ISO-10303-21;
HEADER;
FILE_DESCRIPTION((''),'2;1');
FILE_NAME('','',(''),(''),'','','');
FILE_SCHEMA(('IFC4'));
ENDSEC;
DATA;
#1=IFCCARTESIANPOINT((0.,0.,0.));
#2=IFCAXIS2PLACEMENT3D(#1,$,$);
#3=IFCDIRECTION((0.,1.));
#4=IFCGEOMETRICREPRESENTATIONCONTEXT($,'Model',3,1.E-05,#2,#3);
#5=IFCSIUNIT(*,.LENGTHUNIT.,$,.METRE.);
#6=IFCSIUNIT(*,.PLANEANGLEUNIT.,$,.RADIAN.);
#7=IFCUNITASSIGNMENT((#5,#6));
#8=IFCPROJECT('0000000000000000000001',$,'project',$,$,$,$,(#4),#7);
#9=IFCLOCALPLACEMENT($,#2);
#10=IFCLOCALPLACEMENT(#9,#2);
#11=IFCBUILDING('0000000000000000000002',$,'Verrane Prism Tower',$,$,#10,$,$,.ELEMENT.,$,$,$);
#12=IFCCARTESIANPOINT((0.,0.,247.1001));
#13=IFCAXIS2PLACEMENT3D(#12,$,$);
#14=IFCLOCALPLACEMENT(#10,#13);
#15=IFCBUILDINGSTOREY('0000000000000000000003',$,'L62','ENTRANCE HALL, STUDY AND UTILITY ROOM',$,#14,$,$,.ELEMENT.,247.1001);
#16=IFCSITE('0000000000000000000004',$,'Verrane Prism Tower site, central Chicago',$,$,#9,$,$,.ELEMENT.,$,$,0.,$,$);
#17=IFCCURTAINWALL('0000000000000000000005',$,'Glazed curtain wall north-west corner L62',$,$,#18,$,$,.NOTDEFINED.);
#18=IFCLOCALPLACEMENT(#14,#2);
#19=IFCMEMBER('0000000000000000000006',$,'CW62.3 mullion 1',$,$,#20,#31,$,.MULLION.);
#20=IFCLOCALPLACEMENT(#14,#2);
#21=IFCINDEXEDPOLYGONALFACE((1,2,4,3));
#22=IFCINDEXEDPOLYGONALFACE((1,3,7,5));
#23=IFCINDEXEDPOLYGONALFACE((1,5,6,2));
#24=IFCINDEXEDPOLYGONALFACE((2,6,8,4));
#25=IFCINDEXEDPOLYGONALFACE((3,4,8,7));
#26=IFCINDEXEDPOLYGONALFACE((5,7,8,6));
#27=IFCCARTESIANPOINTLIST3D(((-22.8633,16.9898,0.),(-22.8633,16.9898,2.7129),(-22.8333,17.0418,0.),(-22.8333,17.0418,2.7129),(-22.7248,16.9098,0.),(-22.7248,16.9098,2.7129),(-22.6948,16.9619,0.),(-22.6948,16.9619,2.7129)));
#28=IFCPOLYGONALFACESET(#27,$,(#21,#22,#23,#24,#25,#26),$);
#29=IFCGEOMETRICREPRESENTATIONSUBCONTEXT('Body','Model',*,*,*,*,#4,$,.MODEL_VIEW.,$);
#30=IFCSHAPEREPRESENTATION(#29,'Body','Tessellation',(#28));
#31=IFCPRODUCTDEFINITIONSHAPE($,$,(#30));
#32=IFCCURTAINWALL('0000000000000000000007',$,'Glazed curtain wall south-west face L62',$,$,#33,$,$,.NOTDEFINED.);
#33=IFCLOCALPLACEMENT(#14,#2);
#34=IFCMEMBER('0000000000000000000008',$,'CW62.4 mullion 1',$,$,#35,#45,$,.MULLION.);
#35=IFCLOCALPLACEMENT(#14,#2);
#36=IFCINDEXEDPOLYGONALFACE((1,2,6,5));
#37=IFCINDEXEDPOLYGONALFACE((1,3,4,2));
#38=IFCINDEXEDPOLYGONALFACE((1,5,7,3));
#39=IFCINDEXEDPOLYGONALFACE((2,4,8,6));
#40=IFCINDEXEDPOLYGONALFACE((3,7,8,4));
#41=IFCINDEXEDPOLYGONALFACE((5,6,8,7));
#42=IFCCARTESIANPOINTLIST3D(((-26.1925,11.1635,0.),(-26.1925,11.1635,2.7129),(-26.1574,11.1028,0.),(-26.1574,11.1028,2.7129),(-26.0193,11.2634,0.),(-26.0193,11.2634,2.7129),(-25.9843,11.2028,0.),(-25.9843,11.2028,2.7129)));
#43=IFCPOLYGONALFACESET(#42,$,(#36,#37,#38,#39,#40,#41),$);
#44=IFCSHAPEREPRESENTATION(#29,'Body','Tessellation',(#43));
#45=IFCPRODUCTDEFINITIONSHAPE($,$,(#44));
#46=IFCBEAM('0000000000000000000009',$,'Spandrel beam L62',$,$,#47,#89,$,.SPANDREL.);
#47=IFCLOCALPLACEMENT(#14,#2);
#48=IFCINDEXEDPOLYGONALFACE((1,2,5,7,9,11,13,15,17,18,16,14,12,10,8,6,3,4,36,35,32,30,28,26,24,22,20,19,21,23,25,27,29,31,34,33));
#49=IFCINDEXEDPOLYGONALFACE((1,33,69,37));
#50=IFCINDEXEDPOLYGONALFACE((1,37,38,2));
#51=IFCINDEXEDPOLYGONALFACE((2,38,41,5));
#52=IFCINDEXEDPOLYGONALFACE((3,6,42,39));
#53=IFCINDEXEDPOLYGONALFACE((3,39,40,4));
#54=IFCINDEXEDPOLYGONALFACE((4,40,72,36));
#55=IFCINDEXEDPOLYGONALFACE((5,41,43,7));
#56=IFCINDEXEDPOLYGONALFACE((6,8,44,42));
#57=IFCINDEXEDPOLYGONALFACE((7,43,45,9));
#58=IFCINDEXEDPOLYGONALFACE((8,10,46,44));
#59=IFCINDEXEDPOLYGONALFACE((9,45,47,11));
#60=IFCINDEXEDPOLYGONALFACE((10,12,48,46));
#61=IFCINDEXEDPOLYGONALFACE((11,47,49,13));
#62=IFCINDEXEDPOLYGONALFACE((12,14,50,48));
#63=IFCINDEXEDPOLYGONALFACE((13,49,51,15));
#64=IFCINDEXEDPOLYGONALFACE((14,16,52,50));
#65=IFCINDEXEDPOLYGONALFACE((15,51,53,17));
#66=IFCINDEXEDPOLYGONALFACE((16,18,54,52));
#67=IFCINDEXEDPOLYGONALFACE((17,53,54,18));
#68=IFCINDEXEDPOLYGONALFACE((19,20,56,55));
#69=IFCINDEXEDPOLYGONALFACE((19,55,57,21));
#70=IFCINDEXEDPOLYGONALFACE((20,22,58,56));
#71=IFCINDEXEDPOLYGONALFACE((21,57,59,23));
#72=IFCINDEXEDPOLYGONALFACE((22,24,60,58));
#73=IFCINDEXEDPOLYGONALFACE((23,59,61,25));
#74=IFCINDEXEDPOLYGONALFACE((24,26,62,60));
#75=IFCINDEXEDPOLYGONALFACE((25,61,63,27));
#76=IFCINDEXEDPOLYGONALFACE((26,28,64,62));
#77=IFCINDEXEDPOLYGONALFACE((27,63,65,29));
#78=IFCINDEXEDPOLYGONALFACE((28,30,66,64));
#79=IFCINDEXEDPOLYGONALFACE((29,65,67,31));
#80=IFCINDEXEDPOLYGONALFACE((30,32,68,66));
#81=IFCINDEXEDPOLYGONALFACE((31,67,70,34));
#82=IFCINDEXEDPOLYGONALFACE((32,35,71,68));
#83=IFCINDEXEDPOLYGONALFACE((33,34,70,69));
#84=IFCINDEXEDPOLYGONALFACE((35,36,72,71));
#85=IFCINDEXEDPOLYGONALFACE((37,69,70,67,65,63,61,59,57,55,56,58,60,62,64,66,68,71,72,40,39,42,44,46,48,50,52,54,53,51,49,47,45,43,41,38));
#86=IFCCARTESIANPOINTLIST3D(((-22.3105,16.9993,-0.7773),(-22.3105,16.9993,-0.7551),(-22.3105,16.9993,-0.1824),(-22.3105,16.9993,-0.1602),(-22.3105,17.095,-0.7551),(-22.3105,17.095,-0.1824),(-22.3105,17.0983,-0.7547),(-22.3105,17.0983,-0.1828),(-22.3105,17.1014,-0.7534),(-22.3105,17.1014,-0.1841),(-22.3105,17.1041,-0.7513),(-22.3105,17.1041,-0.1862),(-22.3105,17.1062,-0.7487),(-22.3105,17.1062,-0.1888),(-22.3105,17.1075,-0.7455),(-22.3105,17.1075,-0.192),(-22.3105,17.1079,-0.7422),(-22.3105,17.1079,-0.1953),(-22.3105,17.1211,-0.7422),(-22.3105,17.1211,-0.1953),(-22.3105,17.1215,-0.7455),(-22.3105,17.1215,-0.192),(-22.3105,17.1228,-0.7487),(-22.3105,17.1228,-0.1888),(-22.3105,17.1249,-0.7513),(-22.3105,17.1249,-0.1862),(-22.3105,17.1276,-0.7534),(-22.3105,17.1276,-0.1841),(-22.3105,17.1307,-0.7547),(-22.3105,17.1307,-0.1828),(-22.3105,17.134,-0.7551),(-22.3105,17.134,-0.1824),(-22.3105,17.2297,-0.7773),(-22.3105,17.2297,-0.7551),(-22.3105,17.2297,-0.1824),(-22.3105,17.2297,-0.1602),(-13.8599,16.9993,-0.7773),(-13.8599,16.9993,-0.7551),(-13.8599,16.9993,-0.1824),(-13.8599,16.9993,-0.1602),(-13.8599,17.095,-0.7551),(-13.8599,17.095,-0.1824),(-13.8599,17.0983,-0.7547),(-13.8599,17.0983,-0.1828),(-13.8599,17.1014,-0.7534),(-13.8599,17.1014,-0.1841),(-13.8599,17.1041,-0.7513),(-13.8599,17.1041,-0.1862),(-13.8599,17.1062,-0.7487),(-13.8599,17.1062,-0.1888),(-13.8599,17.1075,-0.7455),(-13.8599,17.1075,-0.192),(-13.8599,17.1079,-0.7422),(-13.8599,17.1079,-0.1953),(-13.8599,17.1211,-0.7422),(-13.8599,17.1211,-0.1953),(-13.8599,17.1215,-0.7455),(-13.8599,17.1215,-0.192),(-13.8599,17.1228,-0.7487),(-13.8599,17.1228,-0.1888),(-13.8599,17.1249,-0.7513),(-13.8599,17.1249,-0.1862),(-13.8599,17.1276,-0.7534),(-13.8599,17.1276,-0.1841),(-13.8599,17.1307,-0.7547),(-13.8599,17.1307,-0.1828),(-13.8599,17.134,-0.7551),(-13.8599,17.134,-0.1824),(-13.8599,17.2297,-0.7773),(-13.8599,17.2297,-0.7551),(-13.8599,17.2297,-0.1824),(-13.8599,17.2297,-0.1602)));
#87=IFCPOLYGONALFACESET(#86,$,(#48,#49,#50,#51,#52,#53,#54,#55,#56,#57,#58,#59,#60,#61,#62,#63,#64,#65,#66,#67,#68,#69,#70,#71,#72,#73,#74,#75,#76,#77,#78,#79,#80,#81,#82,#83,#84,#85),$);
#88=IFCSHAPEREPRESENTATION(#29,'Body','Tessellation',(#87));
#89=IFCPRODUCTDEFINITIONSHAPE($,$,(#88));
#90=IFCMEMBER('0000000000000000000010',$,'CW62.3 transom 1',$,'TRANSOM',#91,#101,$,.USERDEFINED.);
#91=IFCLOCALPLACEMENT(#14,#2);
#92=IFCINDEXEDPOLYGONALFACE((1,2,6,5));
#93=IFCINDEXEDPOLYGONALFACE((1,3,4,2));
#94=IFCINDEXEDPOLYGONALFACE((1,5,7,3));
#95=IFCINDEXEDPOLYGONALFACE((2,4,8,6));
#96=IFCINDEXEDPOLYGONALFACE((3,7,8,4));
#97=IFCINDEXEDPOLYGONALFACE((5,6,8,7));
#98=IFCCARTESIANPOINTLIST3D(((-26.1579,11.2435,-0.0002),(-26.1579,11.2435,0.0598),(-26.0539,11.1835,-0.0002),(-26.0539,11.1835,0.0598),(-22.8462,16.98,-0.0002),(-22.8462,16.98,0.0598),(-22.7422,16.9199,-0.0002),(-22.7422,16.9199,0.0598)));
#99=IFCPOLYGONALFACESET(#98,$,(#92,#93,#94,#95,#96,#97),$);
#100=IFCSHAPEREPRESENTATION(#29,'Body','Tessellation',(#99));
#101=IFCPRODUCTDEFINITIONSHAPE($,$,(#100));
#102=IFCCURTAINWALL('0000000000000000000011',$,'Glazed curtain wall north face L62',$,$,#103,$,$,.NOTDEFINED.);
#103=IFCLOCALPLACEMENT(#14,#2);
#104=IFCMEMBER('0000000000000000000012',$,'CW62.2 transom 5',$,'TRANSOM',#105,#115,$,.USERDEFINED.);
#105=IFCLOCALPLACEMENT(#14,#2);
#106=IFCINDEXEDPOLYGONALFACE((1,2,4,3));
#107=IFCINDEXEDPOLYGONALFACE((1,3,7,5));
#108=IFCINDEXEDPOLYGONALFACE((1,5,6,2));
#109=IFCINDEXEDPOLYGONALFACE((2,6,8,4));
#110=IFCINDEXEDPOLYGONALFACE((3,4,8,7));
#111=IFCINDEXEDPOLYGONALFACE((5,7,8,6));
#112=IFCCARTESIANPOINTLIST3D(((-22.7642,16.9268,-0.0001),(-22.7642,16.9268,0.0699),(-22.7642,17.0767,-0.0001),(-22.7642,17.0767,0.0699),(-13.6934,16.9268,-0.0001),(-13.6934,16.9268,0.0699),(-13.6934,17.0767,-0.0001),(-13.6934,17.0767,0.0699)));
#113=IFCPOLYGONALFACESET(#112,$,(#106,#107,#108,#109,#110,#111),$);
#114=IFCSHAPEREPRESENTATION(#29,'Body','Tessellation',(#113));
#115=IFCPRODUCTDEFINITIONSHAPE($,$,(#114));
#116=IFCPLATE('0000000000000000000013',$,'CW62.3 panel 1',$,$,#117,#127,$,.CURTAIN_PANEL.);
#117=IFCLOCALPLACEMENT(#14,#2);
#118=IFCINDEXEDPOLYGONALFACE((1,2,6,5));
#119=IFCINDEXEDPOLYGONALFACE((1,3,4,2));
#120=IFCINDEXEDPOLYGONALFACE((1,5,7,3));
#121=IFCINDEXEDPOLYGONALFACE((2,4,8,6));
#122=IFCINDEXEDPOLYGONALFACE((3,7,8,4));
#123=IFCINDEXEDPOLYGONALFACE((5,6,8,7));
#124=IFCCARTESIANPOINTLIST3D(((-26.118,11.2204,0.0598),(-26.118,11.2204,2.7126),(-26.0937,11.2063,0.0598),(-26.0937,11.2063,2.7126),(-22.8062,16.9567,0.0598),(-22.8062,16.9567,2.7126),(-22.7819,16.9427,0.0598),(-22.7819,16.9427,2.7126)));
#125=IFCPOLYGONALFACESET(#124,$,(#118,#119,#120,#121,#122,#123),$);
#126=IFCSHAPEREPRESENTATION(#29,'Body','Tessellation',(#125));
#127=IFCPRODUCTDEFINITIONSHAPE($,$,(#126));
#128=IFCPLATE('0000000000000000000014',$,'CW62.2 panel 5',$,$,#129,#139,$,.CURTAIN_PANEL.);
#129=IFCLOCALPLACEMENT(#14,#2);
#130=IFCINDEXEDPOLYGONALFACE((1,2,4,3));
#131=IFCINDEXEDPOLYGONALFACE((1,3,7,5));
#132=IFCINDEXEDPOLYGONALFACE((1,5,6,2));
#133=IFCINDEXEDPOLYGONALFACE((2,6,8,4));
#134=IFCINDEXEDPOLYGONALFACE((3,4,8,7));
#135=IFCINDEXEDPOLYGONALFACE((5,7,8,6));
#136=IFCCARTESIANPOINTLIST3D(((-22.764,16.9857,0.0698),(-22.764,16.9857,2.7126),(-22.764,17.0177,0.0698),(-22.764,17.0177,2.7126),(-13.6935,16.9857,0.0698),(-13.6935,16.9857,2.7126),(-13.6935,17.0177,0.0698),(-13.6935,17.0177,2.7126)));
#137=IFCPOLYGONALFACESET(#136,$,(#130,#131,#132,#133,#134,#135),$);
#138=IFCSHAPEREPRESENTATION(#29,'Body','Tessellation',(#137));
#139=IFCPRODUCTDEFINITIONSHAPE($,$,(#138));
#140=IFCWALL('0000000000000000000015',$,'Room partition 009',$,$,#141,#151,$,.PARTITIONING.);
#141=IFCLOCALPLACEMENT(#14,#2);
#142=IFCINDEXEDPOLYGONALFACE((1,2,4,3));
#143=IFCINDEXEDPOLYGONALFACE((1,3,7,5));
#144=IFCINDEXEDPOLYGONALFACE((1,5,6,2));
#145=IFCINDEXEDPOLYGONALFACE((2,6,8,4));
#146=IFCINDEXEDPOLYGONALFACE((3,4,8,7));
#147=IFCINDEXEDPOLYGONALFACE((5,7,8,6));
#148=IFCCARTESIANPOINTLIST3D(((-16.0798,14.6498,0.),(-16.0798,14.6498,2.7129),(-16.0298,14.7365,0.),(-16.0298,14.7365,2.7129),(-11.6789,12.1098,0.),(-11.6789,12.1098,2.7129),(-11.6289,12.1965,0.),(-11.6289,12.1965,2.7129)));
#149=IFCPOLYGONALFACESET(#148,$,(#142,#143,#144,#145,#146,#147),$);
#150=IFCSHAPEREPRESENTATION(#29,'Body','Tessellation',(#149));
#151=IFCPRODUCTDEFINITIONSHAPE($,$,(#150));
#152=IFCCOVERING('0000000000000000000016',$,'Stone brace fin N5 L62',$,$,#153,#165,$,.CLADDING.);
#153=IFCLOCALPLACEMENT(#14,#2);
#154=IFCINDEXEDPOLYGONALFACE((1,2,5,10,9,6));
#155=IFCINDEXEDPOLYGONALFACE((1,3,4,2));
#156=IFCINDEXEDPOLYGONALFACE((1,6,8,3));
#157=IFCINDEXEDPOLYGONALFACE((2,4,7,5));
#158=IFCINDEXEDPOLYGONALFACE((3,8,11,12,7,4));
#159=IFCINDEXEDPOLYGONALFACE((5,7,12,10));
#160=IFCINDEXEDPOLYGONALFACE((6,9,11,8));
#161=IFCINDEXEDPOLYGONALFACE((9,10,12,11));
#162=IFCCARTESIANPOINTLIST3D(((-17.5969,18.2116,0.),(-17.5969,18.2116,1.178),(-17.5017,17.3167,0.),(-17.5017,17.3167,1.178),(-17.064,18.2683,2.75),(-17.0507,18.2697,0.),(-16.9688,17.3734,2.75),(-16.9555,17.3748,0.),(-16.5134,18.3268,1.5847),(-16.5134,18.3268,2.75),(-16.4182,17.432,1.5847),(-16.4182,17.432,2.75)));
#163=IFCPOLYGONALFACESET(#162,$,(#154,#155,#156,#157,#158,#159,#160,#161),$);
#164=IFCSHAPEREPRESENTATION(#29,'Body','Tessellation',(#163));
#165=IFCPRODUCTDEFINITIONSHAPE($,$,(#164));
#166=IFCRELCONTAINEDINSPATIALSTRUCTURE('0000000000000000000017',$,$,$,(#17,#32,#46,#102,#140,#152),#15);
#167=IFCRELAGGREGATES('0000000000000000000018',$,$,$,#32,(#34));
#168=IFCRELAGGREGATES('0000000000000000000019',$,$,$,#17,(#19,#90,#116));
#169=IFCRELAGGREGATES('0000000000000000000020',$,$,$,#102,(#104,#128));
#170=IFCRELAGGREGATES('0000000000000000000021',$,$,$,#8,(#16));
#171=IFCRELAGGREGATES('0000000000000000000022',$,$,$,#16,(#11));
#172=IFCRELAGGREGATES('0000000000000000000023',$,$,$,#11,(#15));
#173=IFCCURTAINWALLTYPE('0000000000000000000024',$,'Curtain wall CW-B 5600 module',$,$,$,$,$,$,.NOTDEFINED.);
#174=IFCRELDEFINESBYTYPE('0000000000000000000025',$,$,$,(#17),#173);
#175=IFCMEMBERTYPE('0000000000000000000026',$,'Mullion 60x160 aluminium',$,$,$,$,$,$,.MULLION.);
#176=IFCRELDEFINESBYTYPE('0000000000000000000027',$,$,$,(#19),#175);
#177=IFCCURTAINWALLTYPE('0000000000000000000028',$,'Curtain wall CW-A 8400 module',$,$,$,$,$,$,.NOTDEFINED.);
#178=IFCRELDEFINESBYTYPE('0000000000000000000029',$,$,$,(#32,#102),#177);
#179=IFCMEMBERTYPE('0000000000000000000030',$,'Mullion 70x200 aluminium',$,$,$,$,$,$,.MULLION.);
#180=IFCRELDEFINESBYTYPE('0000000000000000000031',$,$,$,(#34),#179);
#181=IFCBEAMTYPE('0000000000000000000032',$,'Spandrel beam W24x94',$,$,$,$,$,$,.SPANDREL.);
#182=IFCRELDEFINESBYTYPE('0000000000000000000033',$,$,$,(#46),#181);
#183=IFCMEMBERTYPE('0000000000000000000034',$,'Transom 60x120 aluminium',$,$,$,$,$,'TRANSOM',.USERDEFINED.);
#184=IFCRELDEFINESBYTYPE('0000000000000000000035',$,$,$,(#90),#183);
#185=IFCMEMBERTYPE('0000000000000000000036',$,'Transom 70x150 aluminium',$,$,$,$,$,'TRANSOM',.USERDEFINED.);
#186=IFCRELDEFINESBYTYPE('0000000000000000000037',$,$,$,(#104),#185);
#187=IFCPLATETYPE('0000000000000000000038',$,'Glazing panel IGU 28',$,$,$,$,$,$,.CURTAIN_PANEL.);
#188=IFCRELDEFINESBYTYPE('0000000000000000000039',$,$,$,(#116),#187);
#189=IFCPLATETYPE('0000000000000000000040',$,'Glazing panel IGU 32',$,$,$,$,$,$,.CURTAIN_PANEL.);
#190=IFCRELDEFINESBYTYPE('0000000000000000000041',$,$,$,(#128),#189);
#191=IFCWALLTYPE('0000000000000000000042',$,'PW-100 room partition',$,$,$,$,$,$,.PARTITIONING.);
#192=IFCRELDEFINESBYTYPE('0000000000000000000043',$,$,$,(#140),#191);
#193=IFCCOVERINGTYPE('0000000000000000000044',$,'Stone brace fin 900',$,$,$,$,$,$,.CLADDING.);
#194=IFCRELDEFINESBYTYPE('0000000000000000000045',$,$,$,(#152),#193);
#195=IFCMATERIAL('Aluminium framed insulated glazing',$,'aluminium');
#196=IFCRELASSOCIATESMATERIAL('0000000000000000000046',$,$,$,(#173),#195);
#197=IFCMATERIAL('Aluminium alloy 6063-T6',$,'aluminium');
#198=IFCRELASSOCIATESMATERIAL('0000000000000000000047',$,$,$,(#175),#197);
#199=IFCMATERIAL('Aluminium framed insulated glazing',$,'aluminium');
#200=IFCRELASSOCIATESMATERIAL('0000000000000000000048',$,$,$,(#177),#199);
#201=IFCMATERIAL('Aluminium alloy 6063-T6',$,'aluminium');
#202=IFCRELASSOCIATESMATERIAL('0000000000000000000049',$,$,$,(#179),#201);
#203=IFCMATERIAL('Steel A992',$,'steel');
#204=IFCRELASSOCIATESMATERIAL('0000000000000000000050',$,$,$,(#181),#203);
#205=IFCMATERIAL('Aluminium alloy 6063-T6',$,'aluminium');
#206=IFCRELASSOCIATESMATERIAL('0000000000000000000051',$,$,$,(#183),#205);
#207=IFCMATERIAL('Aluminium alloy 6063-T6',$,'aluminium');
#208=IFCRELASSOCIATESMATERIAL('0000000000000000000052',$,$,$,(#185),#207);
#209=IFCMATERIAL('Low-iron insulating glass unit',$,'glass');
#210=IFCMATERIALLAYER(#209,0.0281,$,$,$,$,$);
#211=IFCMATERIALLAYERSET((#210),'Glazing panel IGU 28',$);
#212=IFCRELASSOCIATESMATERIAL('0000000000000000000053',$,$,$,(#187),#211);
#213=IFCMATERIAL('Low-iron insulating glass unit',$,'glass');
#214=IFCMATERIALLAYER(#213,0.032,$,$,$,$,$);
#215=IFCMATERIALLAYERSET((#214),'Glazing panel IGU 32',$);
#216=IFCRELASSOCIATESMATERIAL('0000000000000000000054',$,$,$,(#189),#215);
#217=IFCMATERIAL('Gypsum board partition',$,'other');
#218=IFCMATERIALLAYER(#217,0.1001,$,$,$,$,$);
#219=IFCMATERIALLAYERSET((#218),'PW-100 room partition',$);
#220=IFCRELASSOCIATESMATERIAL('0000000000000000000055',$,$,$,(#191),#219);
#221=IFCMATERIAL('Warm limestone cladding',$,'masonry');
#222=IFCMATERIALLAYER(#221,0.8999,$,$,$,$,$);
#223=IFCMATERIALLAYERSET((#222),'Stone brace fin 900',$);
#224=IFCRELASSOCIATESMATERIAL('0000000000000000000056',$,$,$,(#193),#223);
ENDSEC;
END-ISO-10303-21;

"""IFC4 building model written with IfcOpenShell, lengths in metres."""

from ifc_helpers import new_model, si_unit, direction, frame, frame_2d, origin, origin_2d, place, context, subcontext, project, spatial, polyline, rectangle, i_section, outline, extrude, material, layer, layer_set, material_profile, profile_set, type_object, element, aggregate, save


model = new_model("IFC4")

# Units and contexts
model_context = context("Model", 3, precision=1e-05, world=origin(), true_north=direction((0.0, 1.0)))
body_context = subcontext(model_context, "Body", "Model", "MODEL_VIEW")
ifc_project = project(units=[si_unit("LENGTHUNIT", "METRE"), si_unit("PLANEANGLEUNIT", "RADIAN")], contexts=[model_context])

# Site, building, storey
site_placement = place(None, origin())
site = spatial("IfcSite", under=ifc_project, at=site_placement, Name="Verrane Prism Tower site, central Chicago", CompositionType="ELEMENT", RefElevation=0.0)
building_placement = place(site_placement, origin())
building = spatial("IfcBuilding", under=site, at=building_placement, Name="Verrane Prism Tower", CompositionType="ELEMENT")
storey_placement = place(building_placement, frame((0.0, 0.0, 247.1001)))
storey = spatial("IfcBuildingStorey", under=building, at=storey_placement, Name="L62", Description="ENTRANCE HALL, STUDY AND UTILITY ROOM", CompositionType="ELEMENT", Elevation=247.1001)

# Curtain walls, members
ifc_material_1 = material(Name="Aluminium framed insulated glazing", Category="aluminium")
curtain_wall_type_1 = type_object("IfcCurtainWallType", Name="Curtain wall CW-B 5600 module", PredefinedType="NOTDEFINED", material=ifc_material_1)
curtain_wall_1_placement = place(storey_placement, origin())
curtain_wall_1 = element("IfcCurtainWall", 1, at=curtain_wall_1_placement, inside=storey, type_object=curtain_wall_type_1, Name="Glazed curtain wall north-west corner L62", PredefinedType="NOTDEFINED")
ifc_material_2 = material(Name="Aluminium alloy 6063-T6", Category="aluminium")
ifc_material_profile_1 = material_profile(ifc_material_2, rectangle(XDim=0.1599, YDim=0.0601, at=origin_2d()), Name="Mullion 60x160 aluminium")
ifc_profile_set_1 = profile_set([ifc_material_profile_1], Name="Aluminium alloy 6063-T6")
member_type_1 = type_object("IfcMemberType", Name="Mullion 60x160 aluminium", PredefinedType="MULLION", material=ifc_profile_set_1)
member_1_placement = place(storey_placement, frame((-22.7791, 16.9758, 0.0), z_axis=(0.0, 0.0, 1.0), x_axis=(0.866028, -0.499996, 0.0)))
member_1 = element("IfcMember", 2, at=member_1_placement, type_object=member_type_1, Name="CW62.3 mullion 1", PredefinedType="MULLION", context=body_context, shape_type="SweptSolid", body=[
    extrude(rectangle(XDim=0.1599, YDim=0.0601, at=origin_2d()), origin(), (0.0, 0.0, 1.0), 2.7129),
])
ifc_material_3 = material(Name="Aluminium framed insulated glazing", Category="aluminium")
curtain_wall_type_2 = type_object("IfcCurtainWallType", Name="Curtain wall CW-A 8400 module", PredefinedType="NOTDEFINED", material=ifc_material_3)
curtain_wall_2_placement = place(storey_placement, origin())
curtain_wall_2 = element("IfcCurtainWall", 3, at=curtain_wall_2_placement, inside=storey, type_object=curtain_wall_type_2, Name="Glazed curtain wall south-west face L62", PredefinedType="NOTDEFINED")
ifc_material_4 = material(Name="Aluminium alloy 6063-T6", Category="aluminium")
ifc_material_profile_2 = material_profile(ifc_material_4, rectangle(XDim=0.2, YDim=0.0701, at=origin_2d()), Name="Mullion 70x200 aluminium")
ifc_profile_set_2 = profile_set([ifc_material_profile_2], Name="Aluminium alloy 6063-T6")
member_type_2 = type_object("IfcMemberType", Name="Mullion 70x200 aluminium", PredefinedType="MULLION", material=ifc_profile_set_2)
member_2_placement = place(storey_placement, frame((-26.0884, 11.1831, 0.0), z_axis=(0.0, 0.0, 1.0), x_axis=(0.866026, 0.5, 0.0)))
member_2 = element("IfcMember", 4, at=member_2_placement, type_object=member_type_2, Name="CW62.4 mullion 1", PredefinedType="MULLION", context=body_context, shape_type="SweptSolid", body=[
    extrude(rectangle(XDim=0.2, YDim=0.0701, at=origin_2d()), origin(), (0.0, 0.0, 1.0), 2.7129),
])
aggregate(curtain_wall_2, [member_2])

# Beam
ifc_material_5 = material(Name="Steel A992", Category="steel")
ifc_material_profile_3 = material_profile(ifc_material_5, i_section(OverallWidth=0.2305, OverallDepth=0.6172, WebThickness=0.0132, FlangeThickness=0.0222, FilletRadius=0.0129, at=origin_2d()), Name="W24x94")
ifc_profile_set_3 = profile_set([ifc_material_profile_3], Name="Steel A992")
beam_type_1 = type_object("IfcBeamType", Name="Spandrel beam W24x94", PredefinedType="SPANDREL", material=ifc_profile_set_3)
beam_1_placement = place(storey_placement, frame((-13.8599, 17.1145, -0.4688), z_axis=(-1.0, 0.0, 0.0), x_axis=(0.0, -1.0, 0.0)))
element("IfcBeam", 5, at=beam_1_placement, inside=storey, type_object=beam_type_1, Name="Spandrel beam L62", PredefinedType="SPANDREL", context=body_context, shape_type="SweptSolid", body=[
    extrude(i_section(OverallWidth=0.2305, OverallDepth=0.6172, WebThickness=0.0132, FlangeThickness=0.0222, FilletRadius=0.0129, at=origin_2d()), origin(), (0.0, 0.0, 1.0), 8.4507),
])

# Member
ifc_material_6 = material(Name="Aluminium alloy 6063-T6", Category="aluminium")
ifc_material_profile_4 = material_profile(ifc_material_6, rectangle(XDim=0.1201, YDim=0.0601, at=origin_2d()), Name="Transom 60x120 aluminium")
ifc_profile_set_4 = profile_set([ifc_material_profile_4], Name="Aluminium alloy 6063-T6")
member_type_3 = type_object("IfcMemberType", Name="Transom 60x120 aluminium", ElementType="TRANSOM", PredefinedType="USERDEFINED", material=ifc_profile_set_4)
member_3_placement = place(storey_placement, frame((-22.7942, 16.95, 0.0298), z_axis=(-0.499972, -0.866041, 0.0), x_axis=(0.866041, -0.499972, 0.0)))
member_3 = element("IfcMember", 6, at=member_3_placement, type_object=member_type_3, Name="CW62.3 transom 1", ObjectType="TRANSOM", PredefinedType="USERDEFINED", context=body_context, shape_type="SweptSolid", body=[
    extrude(rectangle(XDim=0.1201, YDim=0.0601, at=origin_2d()), origin(), (0.0, 0.0, 1.0), 6.6238),
])

# Curtain wall, member
curtain_wall_3_placement = place(storey_placement, origin())
curtain_wall_3 = element("IfcCurtainWall", 7, at=curtain_wall_3_placement, inside=storey, type_object=curtain_wall_type_2, Name="Glazed curtain wall north face L62", PredefinedType="NOTDEFINED")
ifc_material_7 = material(Name="Aluminium alloy 6063-T6", Category="aluminium")
ifc_material_profile_5 = material_profile(ifc_material_7, rectangle(XDim=0.1499, YDim=0.0701, at=origin_2d()), Name="Transom 70x150 aluminium")
ifc_profile_set_5 = profile_set([ifc_material_profile_5], Name="Aluminium alloy 6063-T6")
member_type_4 = type_object("IfcMemberType", Name="Transom 70x150 aluminium", ElementType="TRANSOM", PredefinedType="USERDEFINED", material=ifc_profile_set_5)
member_4_placement = place(storey_placement, frame((-13.6934, 17.0017, 0.0349), z_axis=(-1.0, 0.0, 0.0), x_axis=(0.0, -1.0, 0.0)))
member_4 = element("IfcMember", 8, at=member_4_placement, type_object=member_type_4, Name="CW62.2 transom 5", ObjectType="TRANSOM", PredefinedType="USERDEFINED", context=body_context, shape_type="SweptSolid", body=[
    extrude(rectangle(XDim=0.1499, YDim=0.0701, at=origin_2d()), origin(), (0.0, 0.0, 1.0), 9.0708),
])

# Plates
ifc_material_8 = material(Name="Low-iron insulating glass unit", Category="glass")
ifc_layer_1 = layer(ifc_material_8, 0.0281)
ifc_layer_set_1 = layer_set([ifc_layer_1], Name="Glazing panel IGU 28")
plate_type_1 = type_object("IfcPlateType", Name="Glazing panel IGU 28", PredefinedType="CURTAIN_PANEL", material=ifc_layer_set_1)
plate_1_placement = place(storey_placement, frame((-24.45, 14.0815, 0.0598), z_axis=(0.0, 0.0, 1.0), x_axis=(-0.499996, -0.866028, 0.0)))
plate_1 = element("IfcPlate", 9, at=plate_1_placement, type_object=plate_type_1, Name="CW62.3 panel 1", PredefinedType="CURTAIN_PANEL", context=body_context, shape_type="SweptSolid", body=[
    extrude(rectangle(XDim=6.6238, YDim=0.0281, at=origin_2d()), origin(), (0.0, 0.0, 1.0), 2.6528),
])
aggregate(curtain_wall_1, [member_1, member_3, plate_1])
ifc_material_9 = material(Name="Low-iron insulating glass unit", Category="glass")
ifc_layer_2 = layer(ifc_material_9, 0.032)
ifc_layer_set_2 = layer_set([ifc_layer_2], Name="Glazing panel IGU 32")
plate_type_2 = type_object("IfcPlateType", Name="Glazing panel IGU 32", PredefinedType="CURTAIN_PANEL", material=ifc_layer_set_2)
plate_2_placement = place(storey_placement, frame((-18.2288, 17.0017, 0.0698), z_axis=(0.0, 0.0, 1.0), x_axis=(-1.0, 0.0, 0.0)))
plate_2 = element("IfcPlate", 10, at=plate_2_placement, type_object=plate_type_2, Name="CW62.2 panel 5", PredefinedType="CURTAIN_PANEL", context=body_context, shape_type="SweptSolid", body=[
    extrude(rectangle(XDim=9.0706, YDim=0.032, at=origin_2d()), origin(), (0.0, 0.0, 1.0), 2.6428),
])
aggregate(curtain_wall_3, [member_4, plate_2])

# Wall
ifc_material_10 = material(Name="Gypsum board partition", Category="other")
ifc_layer_3 = layer(ifc_material_10, 0.1001)
ifc_layer_set_3 = layer_set([ifc_layer_3], Name="PW-100 room partition")
wall_type = type_object("IfcWallType", Name="PW-100 room partition", PredefinedType="PARTITIONING", material=ifc_layer_set_3)
wall_placement = place(storey_placement, frame((-16.0547, 14.6931, 0.0), z_axis=(0.0, 0.0, 1.0), x_axis=(0.866094, -0.499881, 0.0)))
element("IfcWall", 11, at=wall_placement, inside=storey, type_object=wall_type, Name="Room partition 009", PredefinedType="PARTITIONING", context=body_context, shape_type="SweptSolid", body=[
    extrude(rectangle(XDim=5.0813, YDim=0.1001, at=frame_2d((2.5405, 0.0))), origin(), (0.0, 0.0, 1.0), 2.7129),
])

# Covering
ifc_material_11 = material(Name="Warm limestone cladding", Category="masonry")
ifc_layer_4 = layer(ifc_material_11, 0.8999)
ifc_layer_set_4 = layer_set([ifc_layer_4], Name="Stone brace fin 900")
covering_type = type_object("IfcCoveringType", Name="Stone brace fin 900", PredefinedType="CLADDING", material=ifc_layer_set_4)
covering_1_placement = place(storey_placement, frame((-17.5493, 17.7642, 0.0), z_axis=(0.0, 0.0, 1.0), x_axis=(0.994389, 0.105781, 0.0)))
element("IfcCovering", 12, at=covering_1_placement, inside=storey, type_object=covering_type, Name="Stone brace fin N5 L62", PredefinedType="CLADDING", context=body_context, shape_type="SweptSolid", body=[
    extrude(outline(polyline([(1.0896, 2.75), (0.5359, 2.75), (0.0, 1.178), (0.0, 0.0), (0.5493, 0.0), (1.0896, 1.5847), (1.0896, 2.75)])), frame((0.0, 0.45, 0.0), z_axis=(0.0, -1.0, 0.0), x_axis=(1.0, 0.0, 0.0)), (0.0, 0.0, 1.0), 0.8999),
])

save(model, "model.ifc")
